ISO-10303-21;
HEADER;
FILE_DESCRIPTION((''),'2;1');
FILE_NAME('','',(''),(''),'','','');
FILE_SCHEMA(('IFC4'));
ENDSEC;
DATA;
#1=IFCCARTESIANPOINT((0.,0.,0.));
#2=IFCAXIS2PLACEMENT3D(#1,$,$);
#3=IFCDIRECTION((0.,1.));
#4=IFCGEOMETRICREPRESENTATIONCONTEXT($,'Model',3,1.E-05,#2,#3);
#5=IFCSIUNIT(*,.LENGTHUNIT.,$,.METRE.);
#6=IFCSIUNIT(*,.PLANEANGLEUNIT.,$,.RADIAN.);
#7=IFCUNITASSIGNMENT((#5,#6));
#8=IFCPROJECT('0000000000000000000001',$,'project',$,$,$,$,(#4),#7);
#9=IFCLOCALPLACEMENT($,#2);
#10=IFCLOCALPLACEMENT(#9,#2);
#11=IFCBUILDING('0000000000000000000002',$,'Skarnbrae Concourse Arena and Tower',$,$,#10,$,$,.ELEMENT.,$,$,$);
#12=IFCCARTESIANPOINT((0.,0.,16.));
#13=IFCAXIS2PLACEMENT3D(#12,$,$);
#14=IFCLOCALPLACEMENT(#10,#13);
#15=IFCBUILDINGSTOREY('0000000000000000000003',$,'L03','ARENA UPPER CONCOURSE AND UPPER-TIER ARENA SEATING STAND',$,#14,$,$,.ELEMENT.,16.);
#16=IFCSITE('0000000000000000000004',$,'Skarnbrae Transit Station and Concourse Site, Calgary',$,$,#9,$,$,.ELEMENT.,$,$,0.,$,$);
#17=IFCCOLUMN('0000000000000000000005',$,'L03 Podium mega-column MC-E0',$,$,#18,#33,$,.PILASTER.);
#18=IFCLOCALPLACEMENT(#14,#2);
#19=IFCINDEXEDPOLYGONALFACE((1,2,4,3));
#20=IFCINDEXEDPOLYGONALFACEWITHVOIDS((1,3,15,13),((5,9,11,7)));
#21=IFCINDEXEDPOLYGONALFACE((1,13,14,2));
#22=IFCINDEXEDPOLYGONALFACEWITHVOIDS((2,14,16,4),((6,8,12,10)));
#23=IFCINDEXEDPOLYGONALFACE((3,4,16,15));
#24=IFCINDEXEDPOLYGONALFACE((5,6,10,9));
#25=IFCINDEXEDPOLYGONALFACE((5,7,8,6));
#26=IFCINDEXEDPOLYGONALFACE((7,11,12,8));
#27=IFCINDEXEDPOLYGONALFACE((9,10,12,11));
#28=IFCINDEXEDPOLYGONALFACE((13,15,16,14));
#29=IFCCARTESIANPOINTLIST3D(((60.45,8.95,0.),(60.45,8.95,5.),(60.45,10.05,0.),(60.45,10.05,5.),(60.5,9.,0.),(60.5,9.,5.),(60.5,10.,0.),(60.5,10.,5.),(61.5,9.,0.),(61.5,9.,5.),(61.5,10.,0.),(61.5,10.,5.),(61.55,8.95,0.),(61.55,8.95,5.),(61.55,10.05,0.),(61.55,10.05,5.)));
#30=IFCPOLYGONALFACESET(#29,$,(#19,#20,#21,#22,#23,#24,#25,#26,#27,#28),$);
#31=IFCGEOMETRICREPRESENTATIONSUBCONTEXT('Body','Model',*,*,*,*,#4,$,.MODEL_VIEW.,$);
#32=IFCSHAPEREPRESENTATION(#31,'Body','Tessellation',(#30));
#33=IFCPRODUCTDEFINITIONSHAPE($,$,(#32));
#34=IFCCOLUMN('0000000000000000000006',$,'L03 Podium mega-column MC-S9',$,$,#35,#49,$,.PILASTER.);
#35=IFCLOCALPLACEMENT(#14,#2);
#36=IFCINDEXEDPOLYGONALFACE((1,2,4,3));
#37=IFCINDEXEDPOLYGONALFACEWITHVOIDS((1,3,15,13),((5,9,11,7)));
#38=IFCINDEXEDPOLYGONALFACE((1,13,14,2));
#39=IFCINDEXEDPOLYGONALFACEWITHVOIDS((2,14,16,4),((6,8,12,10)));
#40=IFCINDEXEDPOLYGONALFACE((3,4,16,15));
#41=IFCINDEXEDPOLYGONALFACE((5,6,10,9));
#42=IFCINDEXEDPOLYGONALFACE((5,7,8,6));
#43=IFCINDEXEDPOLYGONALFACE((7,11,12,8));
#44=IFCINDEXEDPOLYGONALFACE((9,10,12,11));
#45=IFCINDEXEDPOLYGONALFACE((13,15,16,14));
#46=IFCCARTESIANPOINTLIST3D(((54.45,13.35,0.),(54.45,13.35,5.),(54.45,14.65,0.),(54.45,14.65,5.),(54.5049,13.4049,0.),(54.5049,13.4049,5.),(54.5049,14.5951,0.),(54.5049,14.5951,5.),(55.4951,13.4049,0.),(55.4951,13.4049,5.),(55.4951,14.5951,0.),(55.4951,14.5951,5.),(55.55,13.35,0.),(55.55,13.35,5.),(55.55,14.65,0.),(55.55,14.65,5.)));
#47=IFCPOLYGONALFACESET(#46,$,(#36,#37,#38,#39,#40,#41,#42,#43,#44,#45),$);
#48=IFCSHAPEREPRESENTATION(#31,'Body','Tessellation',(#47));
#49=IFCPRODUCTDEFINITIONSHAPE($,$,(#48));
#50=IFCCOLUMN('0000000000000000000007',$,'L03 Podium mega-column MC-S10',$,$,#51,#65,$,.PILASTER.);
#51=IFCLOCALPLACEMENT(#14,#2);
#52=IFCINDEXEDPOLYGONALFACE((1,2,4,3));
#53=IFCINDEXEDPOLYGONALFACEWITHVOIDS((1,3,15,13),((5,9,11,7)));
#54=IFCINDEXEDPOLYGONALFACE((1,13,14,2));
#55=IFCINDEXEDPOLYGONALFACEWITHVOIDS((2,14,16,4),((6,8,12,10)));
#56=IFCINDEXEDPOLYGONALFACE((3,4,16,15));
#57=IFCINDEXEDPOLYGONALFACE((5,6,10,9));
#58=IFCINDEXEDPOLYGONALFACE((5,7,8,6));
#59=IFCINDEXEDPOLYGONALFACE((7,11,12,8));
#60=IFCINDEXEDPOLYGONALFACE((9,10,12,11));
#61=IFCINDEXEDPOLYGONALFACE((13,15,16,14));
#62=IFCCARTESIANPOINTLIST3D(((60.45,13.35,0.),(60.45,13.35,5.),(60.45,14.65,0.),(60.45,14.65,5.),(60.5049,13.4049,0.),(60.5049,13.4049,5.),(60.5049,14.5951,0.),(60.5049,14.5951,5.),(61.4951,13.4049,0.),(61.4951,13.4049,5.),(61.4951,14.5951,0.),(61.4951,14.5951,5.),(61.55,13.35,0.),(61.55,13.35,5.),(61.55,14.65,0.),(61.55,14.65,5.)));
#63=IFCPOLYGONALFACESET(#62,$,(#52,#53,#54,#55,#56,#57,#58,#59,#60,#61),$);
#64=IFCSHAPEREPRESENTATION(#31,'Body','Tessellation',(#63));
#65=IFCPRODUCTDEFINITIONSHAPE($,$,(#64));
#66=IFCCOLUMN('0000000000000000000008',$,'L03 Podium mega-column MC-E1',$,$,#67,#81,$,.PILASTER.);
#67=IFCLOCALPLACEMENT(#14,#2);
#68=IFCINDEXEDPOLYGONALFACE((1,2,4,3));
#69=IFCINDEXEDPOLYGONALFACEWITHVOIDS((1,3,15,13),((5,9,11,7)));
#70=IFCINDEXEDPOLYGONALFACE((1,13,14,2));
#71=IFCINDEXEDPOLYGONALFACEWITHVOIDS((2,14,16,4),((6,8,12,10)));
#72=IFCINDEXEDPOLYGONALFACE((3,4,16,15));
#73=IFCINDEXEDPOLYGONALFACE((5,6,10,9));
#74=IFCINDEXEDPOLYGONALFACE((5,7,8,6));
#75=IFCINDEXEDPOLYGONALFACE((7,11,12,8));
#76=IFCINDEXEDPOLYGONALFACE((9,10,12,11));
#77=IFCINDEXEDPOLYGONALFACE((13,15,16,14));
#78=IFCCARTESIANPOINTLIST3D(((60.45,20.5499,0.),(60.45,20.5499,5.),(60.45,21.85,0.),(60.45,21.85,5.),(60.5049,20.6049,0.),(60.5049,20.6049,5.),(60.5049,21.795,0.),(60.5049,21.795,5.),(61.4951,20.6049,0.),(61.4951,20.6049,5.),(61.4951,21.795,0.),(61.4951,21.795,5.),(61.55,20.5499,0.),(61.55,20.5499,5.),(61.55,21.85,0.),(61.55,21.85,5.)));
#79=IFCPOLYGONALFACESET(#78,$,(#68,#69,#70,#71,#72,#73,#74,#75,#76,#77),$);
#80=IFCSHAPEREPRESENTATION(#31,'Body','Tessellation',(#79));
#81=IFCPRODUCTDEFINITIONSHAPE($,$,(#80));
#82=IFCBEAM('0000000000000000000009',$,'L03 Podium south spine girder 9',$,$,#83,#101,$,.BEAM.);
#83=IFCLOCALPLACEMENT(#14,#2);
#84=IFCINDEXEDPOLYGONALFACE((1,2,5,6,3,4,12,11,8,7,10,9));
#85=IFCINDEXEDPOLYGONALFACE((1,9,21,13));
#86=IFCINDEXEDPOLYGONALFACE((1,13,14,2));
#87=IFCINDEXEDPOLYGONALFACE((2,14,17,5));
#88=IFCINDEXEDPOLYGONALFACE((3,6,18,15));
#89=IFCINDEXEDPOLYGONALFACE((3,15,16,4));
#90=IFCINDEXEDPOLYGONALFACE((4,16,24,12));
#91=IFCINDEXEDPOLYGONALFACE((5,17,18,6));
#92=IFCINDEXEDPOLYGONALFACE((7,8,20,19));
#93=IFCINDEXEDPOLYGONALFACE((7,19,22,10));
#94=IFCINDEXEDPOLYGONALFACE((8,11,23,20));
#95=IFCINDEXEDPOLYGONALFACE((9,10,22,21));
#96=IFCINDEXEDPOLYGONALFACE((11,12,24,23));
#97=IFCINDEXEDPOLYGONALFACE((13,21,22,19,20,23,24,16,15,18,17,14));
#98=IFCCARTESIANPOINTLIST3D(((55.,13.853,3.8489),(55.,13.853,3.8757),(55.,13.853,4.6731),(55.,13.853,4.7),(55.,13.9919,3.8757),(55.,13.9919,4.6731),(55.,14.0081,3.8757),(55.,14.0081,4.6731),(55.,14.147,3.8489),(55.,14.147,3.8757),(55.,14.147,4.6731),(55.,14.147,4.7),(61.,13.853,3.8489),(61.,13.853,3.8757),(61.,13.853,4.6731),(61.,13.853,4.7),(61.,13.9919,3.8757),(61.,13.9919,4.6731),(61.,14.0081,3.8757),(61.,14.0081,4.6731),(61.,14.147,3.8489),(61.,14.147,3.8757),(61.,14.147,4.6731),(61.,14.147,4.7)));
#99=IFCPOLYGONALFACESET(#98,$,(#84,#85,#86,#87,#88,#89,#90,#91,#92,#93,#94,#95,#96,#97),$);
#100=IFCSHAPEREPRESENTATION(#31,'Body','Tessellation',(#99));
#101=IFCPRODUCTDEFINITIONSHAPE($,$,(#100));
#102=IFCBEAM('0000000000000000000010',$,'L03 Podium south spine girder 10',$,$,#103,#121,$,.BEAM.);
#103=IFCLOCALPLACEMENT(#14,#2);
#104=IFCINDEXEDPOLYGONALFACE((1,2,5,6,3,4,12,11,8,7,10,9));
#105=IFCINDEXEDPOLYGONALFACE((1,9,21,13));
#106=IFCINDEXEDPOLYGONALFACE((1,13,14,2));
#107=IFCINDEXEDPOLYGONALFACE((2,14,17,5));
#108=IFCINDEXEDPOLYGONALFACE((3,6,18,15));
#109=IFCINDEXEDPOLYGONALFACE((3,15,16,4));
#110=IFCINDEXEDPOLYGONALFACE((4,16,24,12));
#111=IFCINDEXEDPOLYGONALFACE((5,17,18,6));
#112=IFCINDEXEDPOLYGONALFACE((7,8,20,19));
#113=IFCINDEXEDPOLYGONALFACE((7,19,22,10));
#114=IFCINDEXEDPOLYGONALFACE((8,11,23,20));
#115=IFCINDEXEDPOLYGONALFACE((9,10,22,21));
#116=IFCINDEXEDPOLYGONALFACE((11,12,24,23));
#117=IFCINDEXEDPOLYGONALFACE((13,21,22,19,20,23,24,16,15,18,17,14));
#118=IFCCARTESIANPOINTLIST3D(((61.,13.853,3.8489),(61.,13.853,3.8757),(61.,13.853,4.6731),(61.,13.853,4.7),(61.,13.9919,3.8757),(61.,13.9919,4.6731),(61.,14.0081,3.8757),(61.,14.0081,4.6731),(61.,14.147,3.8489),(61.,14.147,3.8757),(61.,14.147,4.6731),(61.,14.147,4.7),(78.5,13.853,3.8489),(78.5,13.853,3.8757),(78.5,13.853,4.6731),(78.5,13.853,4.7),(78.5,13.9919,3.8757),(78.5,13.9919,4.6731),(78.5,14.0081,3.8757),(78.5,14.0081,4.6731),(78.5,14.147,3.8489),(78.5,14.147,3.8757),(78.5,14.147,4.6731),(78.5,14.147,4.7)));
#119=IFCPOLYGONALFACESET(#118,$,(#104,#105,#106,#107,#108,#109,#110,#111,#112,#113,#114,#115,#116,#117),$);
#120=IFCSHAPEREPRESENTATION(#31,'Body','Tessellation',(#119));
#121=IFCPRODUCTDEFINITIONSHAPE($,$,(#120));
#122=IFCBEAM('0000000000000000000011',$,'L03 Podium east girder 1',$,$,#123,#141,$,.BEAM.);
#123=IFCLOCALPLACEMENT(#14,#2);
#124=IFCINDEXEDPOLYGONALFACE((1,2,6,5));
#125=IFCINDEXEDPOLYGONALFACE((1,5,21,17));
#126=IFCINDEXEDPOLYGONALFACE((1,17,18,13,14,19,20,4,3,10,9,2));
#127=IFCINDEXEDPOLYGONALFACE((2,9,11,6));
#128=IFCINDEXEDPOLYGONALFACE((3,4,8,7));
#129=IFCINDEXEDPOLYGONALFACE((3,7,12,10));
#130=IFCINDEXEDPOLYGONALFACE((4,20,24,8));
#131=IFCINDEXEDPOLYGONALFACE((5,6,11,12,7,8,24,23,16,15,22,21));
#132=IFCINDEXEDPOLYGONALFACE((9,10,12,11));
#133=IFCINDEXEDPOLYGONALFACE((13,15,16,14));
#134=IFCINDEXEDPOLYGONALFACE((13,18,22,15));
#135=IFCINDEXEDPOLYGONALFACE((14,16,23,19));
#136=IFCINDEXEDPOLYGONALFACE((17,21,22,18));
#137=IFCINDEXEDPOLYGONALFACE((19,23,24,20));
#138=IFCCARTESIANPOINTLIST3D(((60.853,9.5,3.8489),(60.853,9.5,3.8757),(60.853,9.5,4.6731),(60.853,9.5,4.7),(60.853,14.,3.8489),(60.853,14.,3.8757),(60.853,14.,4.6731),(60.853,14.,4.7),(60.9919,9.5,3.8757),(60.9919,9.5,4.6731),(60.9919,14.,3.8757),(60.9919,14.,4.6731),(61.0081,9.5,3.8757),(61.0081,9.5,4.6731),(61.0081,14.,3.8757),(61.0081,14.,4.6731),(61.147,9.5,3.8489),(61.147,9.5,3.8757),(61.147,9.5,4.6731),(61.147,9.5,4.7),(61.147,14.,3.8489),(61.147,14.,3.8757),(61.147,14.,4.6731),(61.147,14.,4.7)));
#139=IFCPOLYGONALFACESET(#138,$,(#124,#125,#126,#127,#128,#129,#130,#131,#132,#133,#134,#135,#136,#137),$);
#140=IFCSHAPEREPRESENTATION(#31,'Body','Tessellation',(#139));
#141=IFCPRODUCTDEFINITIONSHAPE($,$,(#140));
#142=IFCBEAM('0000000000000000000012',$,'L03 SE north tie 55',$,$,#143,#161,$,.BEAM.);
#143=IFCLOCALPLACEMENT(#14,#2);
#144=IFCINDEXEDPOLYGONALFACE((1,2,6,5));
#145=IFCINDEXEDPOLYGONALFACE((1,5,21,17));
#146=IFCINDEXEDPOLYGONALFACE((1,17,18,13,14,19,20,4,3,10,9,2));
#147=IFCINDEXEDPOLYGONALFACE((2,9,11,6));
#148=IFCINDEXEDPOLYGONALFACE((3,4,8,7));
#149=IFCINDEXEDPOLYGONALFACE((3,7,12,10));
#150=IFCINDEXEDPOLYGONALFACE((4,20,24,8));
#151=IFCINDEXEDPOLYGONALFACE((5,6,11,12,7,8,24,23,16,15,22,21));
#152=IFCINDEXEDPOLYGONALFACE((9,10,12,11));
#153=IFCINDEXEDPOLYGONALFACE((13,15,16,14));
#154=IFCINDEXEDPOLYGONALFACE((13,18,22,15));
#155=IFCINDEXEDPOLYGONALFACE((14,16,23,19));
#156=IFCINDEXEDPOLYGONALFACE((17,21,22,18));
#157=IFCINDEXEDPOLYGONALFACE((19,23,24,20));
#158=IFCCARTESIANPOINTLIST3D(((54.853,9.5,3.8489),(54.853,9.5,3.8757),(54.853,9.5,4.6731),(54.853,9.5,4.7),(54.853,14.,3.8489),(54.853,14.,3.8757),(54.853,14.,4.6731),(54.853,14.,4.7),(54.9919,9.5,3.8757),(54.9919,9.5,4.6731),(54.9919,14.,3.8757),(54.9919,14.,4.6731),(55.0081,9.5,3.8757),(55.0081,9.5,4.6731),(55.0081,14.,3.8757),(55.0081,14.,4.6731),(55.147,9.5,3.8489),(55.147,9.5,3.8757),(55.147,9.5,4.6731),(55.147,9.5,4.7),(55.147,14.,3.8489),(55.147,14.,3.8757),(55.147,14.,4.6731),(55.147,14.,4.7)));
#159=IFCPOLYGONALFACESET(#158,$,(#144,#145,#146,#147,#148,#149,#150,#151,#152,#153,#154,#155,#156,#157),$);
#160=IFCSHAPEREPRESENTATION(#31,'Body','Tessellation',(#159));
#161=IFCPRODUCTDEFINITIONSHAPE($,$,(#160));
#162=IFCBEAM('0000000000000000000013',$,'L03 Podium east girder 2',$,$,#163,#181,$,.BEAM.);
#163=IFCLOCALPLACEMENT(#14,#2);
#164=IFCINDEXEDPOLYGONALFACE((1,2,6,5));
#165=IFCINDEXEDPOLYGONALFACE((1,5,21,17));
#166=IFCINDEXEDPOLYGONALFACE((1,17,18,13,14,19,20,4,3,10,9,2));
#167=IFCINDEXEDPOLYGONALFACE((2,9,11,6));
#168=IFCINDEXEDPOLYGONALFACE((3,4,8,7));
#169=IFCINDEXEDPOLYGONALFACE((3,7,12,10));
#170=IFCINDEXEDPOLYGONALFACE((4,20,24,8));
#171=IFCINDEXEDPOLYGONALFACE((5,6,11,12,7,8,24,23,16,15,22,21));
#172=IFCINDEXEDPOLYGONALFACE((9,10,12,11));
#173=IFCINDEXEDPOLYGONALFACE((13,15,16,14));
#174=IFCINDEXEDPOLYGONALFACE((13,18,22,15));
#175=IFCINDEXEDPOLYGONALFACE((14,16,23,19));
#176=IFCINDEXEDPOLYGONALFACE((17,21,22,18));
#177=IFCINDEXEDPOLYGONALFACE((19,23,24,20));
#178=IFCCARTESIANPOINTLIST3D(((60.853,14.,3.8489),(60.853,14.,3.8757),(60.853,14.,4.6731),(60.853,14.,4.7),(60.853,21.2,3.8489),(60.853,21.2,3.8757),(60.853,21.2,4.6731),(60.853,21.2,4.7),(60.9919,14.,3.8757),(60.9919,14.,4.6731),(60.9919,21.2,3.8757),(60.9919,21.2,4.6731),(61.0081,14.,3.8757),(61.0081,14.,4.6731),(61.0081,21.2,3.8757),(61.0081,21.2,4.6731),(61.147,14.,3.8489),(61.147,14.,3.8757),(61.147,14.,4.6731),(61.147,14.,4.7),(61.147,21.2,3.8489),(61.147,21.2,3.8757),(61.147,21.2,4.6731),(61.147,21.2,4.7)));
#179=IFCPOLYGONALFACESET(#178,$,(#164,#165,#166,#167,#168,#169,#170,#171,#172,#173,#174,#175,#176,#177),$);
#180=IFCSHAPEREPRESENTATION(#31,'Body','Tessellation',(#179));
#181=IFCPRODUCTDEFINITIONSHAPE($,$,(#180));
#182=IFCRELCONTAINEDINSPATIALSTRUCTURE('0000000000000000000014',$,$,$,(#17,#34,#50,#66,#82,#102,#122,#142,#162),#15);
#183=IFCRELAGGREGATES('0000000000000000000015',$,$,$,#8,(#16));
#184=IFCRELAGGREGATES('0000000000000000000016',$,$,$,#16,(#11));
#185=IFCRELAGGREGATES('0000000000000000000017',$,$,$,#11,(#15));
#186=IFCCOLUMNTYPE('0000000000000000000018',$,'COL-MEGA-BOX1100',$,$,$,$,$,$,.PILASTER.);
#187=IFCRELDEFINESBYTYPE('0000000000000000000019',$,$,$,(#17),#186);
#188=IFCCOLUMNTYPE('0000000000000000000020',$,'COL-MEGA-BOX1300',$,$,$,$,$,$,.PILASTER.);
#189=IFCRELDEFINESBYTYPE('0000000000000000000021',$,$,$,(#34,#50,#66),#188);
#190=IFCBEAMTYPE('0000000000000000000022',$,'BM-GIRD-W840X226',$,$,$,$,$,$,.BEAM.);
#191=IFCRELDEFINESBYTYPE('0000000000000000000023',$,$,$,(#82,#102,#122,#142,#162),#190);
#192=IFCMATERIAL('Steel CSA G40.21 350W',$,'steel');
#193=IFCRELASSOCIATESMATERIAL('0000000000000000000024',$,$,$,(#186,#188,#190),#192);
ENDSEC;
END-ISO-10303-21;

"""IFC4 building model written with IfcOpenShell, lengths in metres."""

from ifc_helpers import new_model, si_unit, direction, frame, origin, origin_2d, place, context, subcontext, project, spatial, hollow_rectangle, i_section, extrude, source, transform, mapped, material, material_profile, profile_set, type_object, element, save


model = new_model("IFC4")

# Units and contexts
model_context = context("Model", 3, precision=1e-05, world=origin(), true_north=direction((0.0, 1.0)))
body_context = subcontext(model_context, "Body", "Model", "MODEL_VIEW")
ifc_project = project(units=[si_unit("LENGTHUNIT", "METRE"), si_unit("PLANEANGLEUNIT", "RADIAN")], contexts=[model_context])

# Site, building, storey
site_placement = place(None, origin())
site = spatial("IfcSite", under=ifc_project, at=site_placement, Name="Skarnbrae Transit Station and Concourse Site, Calgary", CompositionType="ELEMENT", RefElevation=0.0)
building_placement = place(site_placement, origin())
building = spatial("IfcBuilding", under=site, at=building_placement, Name="Skarnbrae Concourse Arena and Tower", CompositionType="ELEMENT")
storey_placement = place(building_placement, frame((0.0, 0.0, 16.0)))
storey = spatial("IfcBuildingStorey", under=building, at=storey_placement, Name="L03", Description="ARENA UPPER CONCOURSE AND UPPER-TIER ARENA SEATING STAND", CompositionType="ELEMENT", Elevation=16.0)

# Columns
ifc_material_1 = material(Name="Steel CSA G40.21 350W", Category="steel")
ifc_material_profile_1 = material_profile(ifc_material_1, hollow_rectangle(XDim=1.1001, YDim=1.1001, WallThickness=0.05, at=origin_2d()), Name="BOX1100X1100X50")
ifc_profile_set_1 = profile_set([ifc_material_profile_1], Name="Steel CSA G40.21 350W")
column_type_1 = type_object("IfcColumnType", Name="COL-MEGA-BOX1100", PredefinedType="PILASTER", material=ifc_profile_set_1)
shared_shape_1 = source(origin(), body_context, "Body", "SweptSolid", [
    extrude(hollow_rectangle(XDim=1.1001, YDim=1.1001, WallThickness=0.05, at=origin_2d()), origin(), (0.0, 0.0, 1.0), 5.0),
])
column_placement = place(storey_placement, frame((61.0, 9.5, 0.0), z_axis=(0.0, 0.0, 1.0), x_axis=(1.0, 0.0, 0.0)))
element("IfcColumn", 1, at=column_placement, inside=storey, type_object=column_type_1, Name="L03 Podium mega-column MC-E0", PredefinedType="PILASTER", context=body_context, shape_type="MappedRepresentation", body=[
    mapped(shared_shape_1, transform((0.0, 0.0, 0.0))),
])
ifc_material_profile_2 = material_profile(ifc_material_1, hollow_rectangle(XDim=1.1001, YDim=1.3, WallThickness=0.0549, at=origin_2d()), Name="BOX1300X1100X55")
ifc_profile_set_2 = profile_set([ifc_material_profile_2], Name="Steel CSA G40.21 350W")
column_type_2 = type_object("IfcColumnType", Name="COL-MEGA-BOX1300", PredefinedType="PILASTER", material=ifc_profile_set_2)
shared_shape_2 = source(origin(), body_context, "Body", "SweptSolid", [
    extrude(hollow_rectangle(XDim=1.1001, YDim=1.3, WallThickness=0.0549, at=origin_2d()), origin(), (0.0, 0.0, 1.0), 5.0),
])
for number, where, z_axis, x_axis, name in (
    (2, (55.0, 14.0, 0.0), (0.0, 0.0, 1.0), (1.0, 0.0, 0.0), "L03 Podium mega-column MC-S9"),
    (3, (61.0, 14.0, 0.0), (0.0, 0.0, 1.0), (1.0, 0.0, 0.0), "L03 Podium mega-column MC-S10"),
    (4, (61.0, 21.2, 0.0), (0.0, 0.0, 1.0), (1.0, 0.0, 0.0), "L03 Podium mega-column MC-E1"),
):
    element("IfcColumn", number, at=place(storey_placement, frame(where, z_axis=z_axis, x_axis=x_axis)), inside=storey, type_object=column_type_2, Name=name, PredefinedType="PILASTER", context=body_context, shape_type="MappedRepresentation", body=[
        mapped(shared_shape_2, transform((0.0, 0.0, 0.0))),
    ])

# Beams
ifc_material_profile_3 = material_profile(ifc_material_1, i_section(OverallWidth=0.2939, OverallDepth=0.8511, WebThickness=0.0161, FlangeThickness=0.0269, at=origin_2d()), Name="W840X226")
ifc_profile_set_3 = profile_set([ifc_material_profile_3], Name="Steel CSA G40.21 350W")
beam_type_1 = type_object("IfcBeamType", Name="BM-GIRD-W840X226", PredefinedType="BEAM", material=ifc_profile_set_3)
shared_shape_3 = source(origin(), body_context, "Body", "SweptSolid", [
    extrude(i_section(OverallWidth=0.2939, OverallDepth=0.8511, WebThickness=0.0161, FlangeThickness=0.0269, at=origin_2d()), origin(), (0.0, 0.0, 1.0), 6.0),
])
beam_1_placement = place(storey_placement, frame((55.0, 14.0, 4.2744), z_axis=(1.0, 0.0, 0.0), x_axis=(0.0, 1.0, 0.0)))
element("IfcBeam", 5, at=beam_1_placement, inside=storey, type_object=beam_type_1, Name="L03 Podium south spine girder 9", PredefinedType="BEAM", context=body_context, shape_type="MappedRepresentation", body=[
    mapped(shared_shape_3, transform((0.0, 0.0, 0.0))),
])
shared_shape_4 = source(origin(), body_context, "Body", "SweptSolid", [
    extrude(i_section(OverallWidth=0.2939, OverallDepth=0.8511, WebThickness=0.0161, FlangeThickness=0.0269, at=origin_2d()), origin(), (0.0, 0.0, 1.0), 17.5),
])
beam_2_placement = place(storey_placement, frame((61.0, 14.0, 4.2744), z_axis=(1.0, 0.0, 0.0), x_axis=(0.0, 1.0, 0.0)))
element("IfcBeam", 6, at=beam_2_placement, inside=storey, type_object=beam_type_1, Name="L03 Podium south spine girder 10", PredefinedType="BEAM", context=body_context, shape_type="MappedRepresentation", body=[
    mapped(shared_shape_4, transform((0.0, 0.0, 0.0))),
])
shared_shape_5 = source(origin(), body_context, "Body", "SweptSolid", [
    extrude(i_section(OverallWidth=0.2939, OverallDepth=0.8511, WebThickness=0.0161, FlangeThickness=0.0269, at=origin_2d()), origin(), (0.0, 0.0, 1.0), 4.5),
])
for number, where, z_axis, x_axis, name in (
    (7, (61.0, 9.5, 4.2744), (0.0, 1.0, 0.0), (-1.0, 0.0, 0.0), "L03 Podium east girder 1"),
    (8, (55.0, 9.5, 4.2744), (0.0, 1.0, 0.0), (-1.0, 0.0, 0.0), "L03 SE north tie 55"),
):
    element("IfcBeam", number, at=place(storey_placement, frame(where, z_axis=z_axis, x_axis=x_axis)), inside=storey, type_object=beam_type_1, Name=name, PredefinedType="BEAM", context=body_context, shape_type="MappedRepresentation", body=[
        mapped(shared_shape_5, transform((0.0, 0.0, 0.0))),
    ])
shared_shape_6 = source(origin(), body_context, "Body", "SweptSolid", [
    extrude(i_section(OverallWidth=0.2939, OverallDepth=0.8511, WebThickness=0.0161, FlangeThickness=0.0269, at=origin_2d()), origin(), (0.0, 0.0, 1.0), 7.2),
])
beam_3_placement = place(storey_placement, frame((61.0, 14.0, 4.2744), z_axis=(0.0, 1.0, 0.0), x_axis=(-1.0, 0.0, 0.0)))
element("IfcBeam", 9, at=beam_3_placement, inside=storey, type_object=beam_type_1, Name="L03 Podium east girder 2", PredefinedType="BEAM", context=body_context, shape_type="MappedRepresentation", body=[
    mapped(shared_shape_6, transform((0.0, 0.0, 0.0))),
])

save(model, "model.ifc")
